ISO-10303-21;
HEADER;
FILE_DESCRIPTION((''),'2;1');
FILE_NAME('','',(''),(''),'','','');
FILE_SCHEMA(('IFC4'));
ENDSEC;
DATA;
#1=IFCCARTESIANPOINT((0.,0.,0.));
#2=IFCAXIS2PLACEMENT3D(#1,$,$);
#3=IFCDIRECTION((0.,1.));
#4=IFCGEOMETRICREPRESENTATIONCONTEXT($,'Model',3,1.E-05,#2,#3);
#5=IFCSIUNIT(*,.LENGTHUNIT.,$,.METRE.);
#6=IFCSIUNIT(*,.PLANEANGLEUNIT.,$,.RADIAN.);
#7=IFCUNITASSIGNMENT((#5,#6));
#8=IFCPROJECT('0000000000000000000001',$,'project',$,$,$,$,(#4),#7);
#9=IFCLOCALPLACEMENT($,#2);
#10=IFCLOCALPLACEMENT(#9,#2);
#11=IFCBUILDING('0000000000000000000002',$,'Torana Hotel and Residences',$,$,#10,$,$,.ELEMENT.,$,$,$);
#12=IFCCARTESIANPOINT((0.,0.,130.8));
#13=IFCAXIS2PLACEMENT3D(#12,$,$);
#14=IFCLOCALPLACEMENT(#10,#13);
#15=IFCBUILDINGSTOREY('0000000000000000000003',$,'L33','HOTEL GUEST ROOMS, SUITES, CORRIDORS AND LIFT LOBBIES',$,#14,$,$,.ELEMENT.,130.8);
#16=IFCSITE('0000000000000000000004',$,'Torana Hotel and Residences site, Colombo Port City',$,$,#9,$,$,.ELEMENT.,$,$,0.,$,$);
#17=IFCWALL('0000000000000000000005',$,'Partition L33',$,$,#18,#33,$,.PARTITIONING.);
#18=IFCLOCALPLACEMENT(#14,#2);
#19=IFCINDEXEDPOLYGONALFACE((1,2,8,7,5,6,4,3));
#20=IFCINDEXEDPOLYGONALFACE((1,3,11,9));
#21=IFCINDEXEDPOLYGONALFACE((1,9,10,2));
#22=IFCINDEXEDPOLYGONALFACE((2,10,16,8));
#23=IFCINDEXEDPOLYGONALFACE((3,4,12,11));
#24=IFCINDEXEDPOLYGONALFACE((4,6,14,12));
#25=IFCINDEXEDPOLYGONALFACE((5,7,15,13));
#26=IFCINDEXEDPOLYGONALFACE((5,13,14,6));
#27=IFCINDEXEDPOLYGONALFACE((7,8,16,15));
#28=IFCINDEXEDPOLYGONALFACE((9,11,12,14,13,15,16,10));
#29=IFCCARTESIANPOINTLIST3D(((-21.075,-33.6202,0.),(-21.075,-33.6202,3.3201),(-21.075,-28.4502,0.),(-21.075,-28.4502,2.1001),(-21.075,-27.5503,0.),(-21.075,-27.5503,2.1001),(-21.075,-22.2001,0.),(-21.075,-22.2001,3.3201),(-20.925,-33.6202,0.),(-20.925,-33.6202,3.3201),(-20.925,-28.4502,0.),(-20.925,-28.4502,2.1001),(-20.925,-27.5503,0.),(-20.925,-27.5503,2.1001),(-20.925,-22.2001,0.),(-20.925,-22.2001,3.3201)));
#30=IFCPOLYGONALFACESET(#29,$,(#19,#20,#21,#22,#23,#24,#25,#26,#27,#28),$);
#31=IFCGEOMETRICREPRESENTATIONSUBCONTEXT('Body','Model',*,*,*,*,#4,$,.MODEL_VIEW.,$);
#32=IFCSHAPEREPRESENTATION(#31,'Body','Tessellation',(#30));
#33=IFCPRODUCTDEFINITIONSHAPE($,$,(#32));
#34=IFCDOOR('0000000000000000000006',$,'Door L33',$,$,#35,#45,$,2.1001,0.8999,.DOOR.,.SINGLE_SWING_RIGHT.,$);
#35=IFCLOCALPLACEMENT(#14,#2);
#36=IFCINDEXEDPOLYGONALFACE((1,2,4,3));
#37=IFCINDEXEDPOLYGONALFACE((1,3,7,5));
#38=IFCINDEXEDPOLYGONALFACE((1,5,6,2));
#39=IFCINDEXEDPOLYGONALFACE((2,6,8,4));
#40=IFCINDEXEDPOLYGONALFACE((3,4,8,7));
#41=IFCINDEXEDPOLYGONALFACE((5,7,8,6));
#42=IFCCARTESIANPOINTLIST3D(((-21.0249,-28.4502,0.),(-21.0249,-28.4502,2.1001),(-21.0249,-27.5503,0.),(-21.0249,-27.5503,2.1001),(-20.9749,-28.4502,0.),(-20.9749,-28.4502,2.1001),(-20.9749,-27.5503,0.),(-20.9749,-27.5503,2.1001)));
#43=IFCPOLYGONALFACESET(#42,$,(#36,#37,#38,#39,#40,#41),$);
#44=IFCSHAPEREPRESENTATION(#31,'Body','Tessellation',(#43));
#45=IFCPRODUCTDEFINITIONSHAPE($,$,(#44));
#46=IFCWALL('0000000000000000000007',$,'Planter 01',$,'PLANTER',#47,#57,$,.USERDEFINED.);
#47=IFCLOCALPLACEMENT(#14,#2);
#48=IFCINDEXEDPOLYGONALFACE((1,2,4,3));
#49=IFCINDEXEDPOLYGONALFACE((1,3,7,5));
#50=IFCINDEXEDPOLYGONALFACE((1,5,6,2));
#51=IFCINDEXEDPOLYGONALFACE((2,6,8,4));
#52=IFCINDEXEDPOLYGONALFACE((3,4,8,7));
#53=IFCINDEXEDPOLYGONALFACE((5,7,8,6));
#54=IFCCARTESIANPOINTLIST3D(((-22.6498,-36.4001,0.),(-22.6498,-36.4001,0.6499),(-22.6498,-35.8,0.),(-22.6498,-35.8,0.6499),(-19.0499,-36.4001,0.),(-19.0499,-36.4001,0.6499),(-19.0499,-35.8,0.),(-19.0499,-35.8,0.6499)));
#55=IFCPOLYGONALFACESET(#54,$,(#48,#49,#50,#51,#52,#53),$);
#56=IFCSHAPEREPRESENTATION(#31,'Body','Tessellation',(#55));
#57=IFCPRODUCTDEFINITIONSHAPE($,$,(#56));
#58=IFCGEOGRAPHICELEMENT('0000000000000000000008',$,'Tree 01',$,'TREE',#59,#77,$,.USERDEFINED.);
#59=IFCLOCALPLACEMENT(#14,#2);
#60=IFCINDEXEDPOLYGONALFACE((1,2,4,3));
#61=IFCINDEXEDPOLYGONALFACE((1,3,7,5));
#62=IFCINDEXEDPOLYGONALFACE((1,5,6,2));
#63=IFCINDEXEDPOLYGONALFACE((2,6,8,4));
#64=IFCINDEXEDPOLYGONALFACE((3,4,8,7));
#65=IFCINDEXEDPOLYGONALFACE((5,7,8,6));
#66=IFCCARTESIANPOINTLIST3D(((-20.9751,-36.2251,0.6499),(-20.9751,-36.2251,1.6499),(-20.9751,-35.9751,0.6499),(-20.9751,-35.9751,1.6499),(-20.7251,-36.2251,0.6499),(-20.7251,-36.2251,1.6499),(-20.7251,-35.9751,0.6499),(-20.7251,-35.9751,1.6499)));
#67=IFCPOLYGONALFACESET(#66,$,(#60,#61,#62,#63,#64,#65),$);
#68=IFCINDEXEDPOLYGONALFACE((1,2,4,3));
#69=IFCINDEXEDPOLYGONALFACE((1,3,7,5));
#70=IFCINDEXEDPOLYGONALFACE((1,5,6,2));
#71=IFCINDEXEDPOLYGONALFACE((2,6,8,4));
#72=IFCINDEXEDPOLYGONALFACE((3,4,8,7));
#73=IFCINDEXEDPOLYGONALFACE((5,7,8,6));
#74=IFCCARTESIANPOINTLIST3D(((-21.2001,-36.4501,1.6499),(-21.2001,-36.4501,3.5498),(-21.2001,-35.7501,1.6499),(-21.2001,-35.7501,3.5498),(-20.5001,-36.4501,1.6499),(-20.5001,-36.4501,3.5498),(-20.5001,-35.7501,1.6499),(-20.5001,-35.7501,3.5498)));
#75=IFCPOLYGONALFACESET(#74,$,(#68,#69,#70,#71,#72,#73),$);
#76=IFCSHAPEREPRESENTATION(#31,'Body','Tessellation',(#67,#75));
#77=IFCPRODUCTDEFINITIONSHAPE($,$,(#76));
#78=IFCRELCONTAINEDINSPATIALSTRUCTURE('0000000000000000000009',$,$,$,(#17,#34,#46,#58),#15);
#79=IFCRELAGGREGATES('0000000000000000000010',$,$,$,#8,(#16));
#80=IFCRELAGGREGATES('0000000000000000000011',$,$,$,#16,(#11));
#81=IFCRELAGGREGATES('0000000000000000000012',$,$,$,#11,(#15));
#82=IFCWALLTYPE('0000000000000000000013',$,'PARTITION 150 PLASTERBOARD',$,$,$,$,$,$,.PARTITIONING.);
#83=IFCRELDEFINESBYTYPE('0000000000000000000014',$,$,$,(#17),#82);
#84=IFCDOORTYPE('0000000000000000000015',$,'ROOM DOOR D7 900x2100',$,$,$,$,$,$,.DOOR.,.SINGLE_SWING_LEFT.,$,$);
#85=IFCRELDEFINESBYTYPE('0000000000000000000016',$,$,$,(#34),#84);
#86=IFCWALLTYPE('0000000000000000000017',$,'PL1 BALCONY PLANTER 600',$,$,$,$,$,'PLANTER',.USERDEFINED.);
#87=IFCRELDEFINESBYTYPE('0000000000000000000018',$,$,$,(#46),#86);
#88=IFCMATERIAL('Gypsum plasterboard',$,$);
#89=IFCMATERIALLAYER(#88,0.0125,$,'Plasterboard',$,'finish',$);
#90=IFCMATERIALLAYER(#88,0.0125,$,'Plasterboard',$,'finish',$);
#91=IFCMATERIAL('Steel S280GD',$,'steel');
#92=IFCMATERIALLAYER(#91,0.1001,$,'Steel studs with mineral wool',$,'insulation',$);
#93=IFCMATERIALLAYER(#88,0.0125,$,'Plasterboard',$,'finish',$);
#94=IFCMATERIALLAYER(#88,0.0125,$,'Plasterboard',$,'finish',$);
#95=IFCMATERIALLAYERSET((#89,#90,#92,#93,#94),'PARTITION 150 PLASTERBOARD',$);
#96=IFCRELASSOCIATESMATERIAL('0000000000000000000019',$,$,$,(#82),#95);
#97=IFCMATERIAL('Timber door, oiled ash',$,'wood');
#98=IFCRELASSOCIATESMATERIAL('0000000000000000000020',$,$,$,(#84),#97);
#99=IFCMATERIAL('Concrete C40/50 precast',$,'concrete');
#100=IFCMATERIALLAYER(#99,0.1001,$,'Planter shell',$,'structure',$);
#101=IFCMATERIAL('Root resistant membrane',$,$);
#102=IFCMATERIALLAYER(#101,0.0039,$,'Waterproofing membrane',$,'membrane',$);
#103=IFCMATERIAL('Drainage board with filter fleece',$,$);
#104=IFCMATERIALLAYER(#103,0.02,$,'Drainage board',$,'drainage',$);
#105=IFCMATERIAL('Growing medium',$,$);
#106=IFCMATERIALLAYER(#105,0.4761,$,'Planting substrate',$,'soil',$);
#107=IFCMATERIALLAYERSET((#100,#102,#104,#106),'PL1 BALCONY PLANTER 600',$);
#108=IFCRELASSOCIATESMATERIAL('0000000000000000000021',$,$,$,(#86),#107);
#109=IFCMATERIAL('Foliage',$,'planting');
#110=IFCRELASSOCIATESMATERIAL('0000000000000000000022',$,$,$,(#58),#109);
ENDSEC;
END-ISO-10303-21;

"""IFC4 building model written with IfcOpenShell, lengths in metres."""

from ifc_helpers import new_model, si_unit, direction, frame, frame_2d, origin, origin_2d, place, context, subcontext, project, spatial, rectangle, extrude, material, layer, layer_set, type_object, element, fill, save


model = new_model("IFC4")

# Units and contexts
model_context = context("Model", 3, precision=1e-05, world=origin(), true_north=direction((0.0, 1.0)))
body_context = subcontext(model_context, "Body", "Model", "MODEL_VIEW")
ifc_project = project(units=[si_unit("LENGTHUNIT", "METRE"), si_unit("PLANEANGLEUNIT", "RADIAN")], contexts=[model_context])

# Site, building, storey
site_placement = place(None, origin())
site = spatial("IfcSite", under=ifc_project, at=site_placement, Name="Torana Hotel and Residences site, Colombo Port City", CompositionType="ELEMENT", RefElevation=0.0)
building_placement = place(site_placement, origin())
building = spatial("IfcBuilding", under=site, at=building_placement, Name="Torana Hotel and Residences", CompositionType="ELEMENT")
storey_placement = place(building_placement, frame((0.0, 0.0, 130.8)))
storey = spatial("IfcBuildingStorey", under=building, at=storey_placement, Name="L33", Description="HOTEL GUEST ROOMS, SUITES, CORRIDORS AND LIFT LOBBIES", CompositionType="ELEMENT", Elevation=130.8)

# Shared definitions
ifc_material_1 = material(Name="Steel S280GD", Category="steel")

# Wall, opening, door
ifc_material_2 = material(Name="Gypsum plasterboard")
ifc_layer_1 = layer(ifc_material_2, 0.0125, Name="Plasterboard", Category="finish")
ifc_layer_2 = layer(ifc_material_2, 0.0125, Name="Plasterboard", Category="finish")
ifc_layer_3 = layer(ifc_material_1, 0.1001, Name="Steel studs with mineral wool", Category="insulation")
ifc_layer_4 = layer(ifc_material_2, 0.0125, Name="Plasterboard", Category="finish")
ifc_layer_5 = layer(ifc_material_2, 0.0125, Name="Plasterboard", Category="finish")
ifc_layer_set_1 = layer_set([ifc_layer_1, ifc_layer_2, ifc_layer_3, ifc_layer_4, ifc_layer_5], Name="PARTITION 150 PLASTERBOARD")
wall_type_1 = type_object("IfcWallType", Name="PARTITION 150 PLASTERBOARD", PredefinedType="PARTITIONING", material=ifc_layer_set_1)
wall_1_placement = place(storey_placement, frame((-21.0, -33.6201, 0.0), z_axis=(0.0, 0.0, 1.0), x_axis=(0.0, 1.0, 0.0)))
wall_1 = element("IfcWall", 1, at=wall_1_placement, inside=storey, type_object=wall_type_1, Name="Partition L33", PredefinedType="PARTITIONING", context=body_context, shape_type="SweptSolid", body=[
    extrude(rectangle(XDim=11.4202, YDim=0.1499, at=frame_2d((5.71, 0.0))), origin(), (0.0, 0.0, 1.0), 3.3201),
])
opening_1_placement = place(wall_1_placement, frame((5.1699, 0.0, 0.0)))
opening_1 = element("IfcOpeningElement", 2, at=opening_1_placement, cuts=wall_1, PredefinedType="OPENING", context=body_context, shape_type="SweptSolid", body=[
    extrude(rectangle(XDim=0.8999, YDim=2.1001, at=frame_2d((0.45, 1.05))), frame((0.0, 0.085, 0.0), z_axis=(0.0, -1.0, 0.0), x_axis=(1.0, 0.0, 0.0)), (0.0, 0.0, 1.0), 0.1699),
])
ifc_material_3 = material(Name="Timber door, oiled ash", Category="wood")
door_type_1 = type_object("IfcDoorType", Name="ROOM DOOR D7 900x2100", OperationType="SINGLE_SWING_LEFT", PredefinedType="DOOR", material=ifc_material_3)
door_1_placement = place(opening_1_placement, origin())
door_1 = element("IfcDoor", 3, at=door_1_placement, inside=storey, type_object=door_type_1, Name="Door L33", OperationType="SINGLE_SWING_RIGHT", OverallHeight=2.1001, OverallWidth=0.8999, PredefinedType="DOOR", context=body_context, shape_type="SweptSolid", body=[
    extrude(rectangle(XDim=0.8999, YDim=2.1001, at=frame_2d((0.45, 1.05))), frame((0.0, 0.0249, 0.0), z_axis=(0.0, -1.0, 0.0), x_axis=(1.0, 0.0, 0.0)), (0.0, 0.0, 1.0), 0.05),
])
fill(opening_1, door_1)

# Wall
ifc_material_4 = material(Name="Concrete C40/50 precast", Category="concrete")
ifc_layer_6 = layer(ifc_material_4, 0.1001, Name="Planter shell", Category="structure")
ifc_material_5 = material(Name="Root resistant membrane")
ifc_layer_7 = layer(ifc_material_5, 0.0039, Name="Waterproofing membrane", Category="membrane")
ifc_material_6 = material(Name="Drainage board with filter fleece")
ifc_layer_8 = layer(ifc_material_6, 0.02, Name="Drainage board", Category="drainage")
ifc_material_7 = material(Name="Growing medium")
ifc_layer_9 = layer(ifc_material_7, 0.4761, Name="Planting substrate", Category="soil")
ifc_layer_set_2 = layer_set([ifc_layer_6, ifc_layer_7, ifc_layer_8, ifc_layer_9], Name="PL1 BALCONY PLANTER 600")
wall_type_2 = type_object("IfcWallType", Name="PL1 BALCONY PLANTER 600", ElementType="PLANTER", PredefinedType="USERDEFINED", material=ifc_layer_set_2)
wall_2_placement = place(storey_placement, frame((-19.05, -36.1001, 0.0), z_axis=(0.0, 0.0, 1.0), x_axis=(-1.0, 0.0, 0.0)))
element("IfcWall", 4, at=wall_2_placement, inside=storey, type_object=wall_type_2, Name="Planter 01", ObjectType="PLANTER", PredefinedType="USERDEFINED", context=body_context, shape_type="SweptSolid", body=[
    extrude(rectangle(XDim=3.5999, YDim=0.6001, at=frame_2d((1.7998, 0.0))), origin(), (0.0, 0.0, 1.0), 0.6499),
])

# Geographic element
ifc_material_8 = material(Name="Foliage", Category="planting")
geographic_element_placement = place(storey_placement, frame((-20.8501, -36.1001, 0.6499), z_axis=(0.0, 0.0, 1.0), x_axis=(1.0, 0.0, 0.0)))
element("IfcGeographicElement", 5, at=geographic_element_placement, inside=storey, material=ifc_material_8, Name="Tree 01", ObjectType="TREE", PredefinedType="USERDEFINED", context=body_context, shape_type="SweptSolid", body=[
    extrude(rectangle(XDim=0.25, YDim=0.25, at=origin_2d()), origin(), (0.0, 0.0, 1.0), 1.0),
    extrude(rectangle(XDim=0.7, YDim=0.7, at=origin_2d()), frame((0.0, 0.0, 1.0)), (0.0, 0.0, 1.0), 1.8999),
])

save(model, "model.ifc")
